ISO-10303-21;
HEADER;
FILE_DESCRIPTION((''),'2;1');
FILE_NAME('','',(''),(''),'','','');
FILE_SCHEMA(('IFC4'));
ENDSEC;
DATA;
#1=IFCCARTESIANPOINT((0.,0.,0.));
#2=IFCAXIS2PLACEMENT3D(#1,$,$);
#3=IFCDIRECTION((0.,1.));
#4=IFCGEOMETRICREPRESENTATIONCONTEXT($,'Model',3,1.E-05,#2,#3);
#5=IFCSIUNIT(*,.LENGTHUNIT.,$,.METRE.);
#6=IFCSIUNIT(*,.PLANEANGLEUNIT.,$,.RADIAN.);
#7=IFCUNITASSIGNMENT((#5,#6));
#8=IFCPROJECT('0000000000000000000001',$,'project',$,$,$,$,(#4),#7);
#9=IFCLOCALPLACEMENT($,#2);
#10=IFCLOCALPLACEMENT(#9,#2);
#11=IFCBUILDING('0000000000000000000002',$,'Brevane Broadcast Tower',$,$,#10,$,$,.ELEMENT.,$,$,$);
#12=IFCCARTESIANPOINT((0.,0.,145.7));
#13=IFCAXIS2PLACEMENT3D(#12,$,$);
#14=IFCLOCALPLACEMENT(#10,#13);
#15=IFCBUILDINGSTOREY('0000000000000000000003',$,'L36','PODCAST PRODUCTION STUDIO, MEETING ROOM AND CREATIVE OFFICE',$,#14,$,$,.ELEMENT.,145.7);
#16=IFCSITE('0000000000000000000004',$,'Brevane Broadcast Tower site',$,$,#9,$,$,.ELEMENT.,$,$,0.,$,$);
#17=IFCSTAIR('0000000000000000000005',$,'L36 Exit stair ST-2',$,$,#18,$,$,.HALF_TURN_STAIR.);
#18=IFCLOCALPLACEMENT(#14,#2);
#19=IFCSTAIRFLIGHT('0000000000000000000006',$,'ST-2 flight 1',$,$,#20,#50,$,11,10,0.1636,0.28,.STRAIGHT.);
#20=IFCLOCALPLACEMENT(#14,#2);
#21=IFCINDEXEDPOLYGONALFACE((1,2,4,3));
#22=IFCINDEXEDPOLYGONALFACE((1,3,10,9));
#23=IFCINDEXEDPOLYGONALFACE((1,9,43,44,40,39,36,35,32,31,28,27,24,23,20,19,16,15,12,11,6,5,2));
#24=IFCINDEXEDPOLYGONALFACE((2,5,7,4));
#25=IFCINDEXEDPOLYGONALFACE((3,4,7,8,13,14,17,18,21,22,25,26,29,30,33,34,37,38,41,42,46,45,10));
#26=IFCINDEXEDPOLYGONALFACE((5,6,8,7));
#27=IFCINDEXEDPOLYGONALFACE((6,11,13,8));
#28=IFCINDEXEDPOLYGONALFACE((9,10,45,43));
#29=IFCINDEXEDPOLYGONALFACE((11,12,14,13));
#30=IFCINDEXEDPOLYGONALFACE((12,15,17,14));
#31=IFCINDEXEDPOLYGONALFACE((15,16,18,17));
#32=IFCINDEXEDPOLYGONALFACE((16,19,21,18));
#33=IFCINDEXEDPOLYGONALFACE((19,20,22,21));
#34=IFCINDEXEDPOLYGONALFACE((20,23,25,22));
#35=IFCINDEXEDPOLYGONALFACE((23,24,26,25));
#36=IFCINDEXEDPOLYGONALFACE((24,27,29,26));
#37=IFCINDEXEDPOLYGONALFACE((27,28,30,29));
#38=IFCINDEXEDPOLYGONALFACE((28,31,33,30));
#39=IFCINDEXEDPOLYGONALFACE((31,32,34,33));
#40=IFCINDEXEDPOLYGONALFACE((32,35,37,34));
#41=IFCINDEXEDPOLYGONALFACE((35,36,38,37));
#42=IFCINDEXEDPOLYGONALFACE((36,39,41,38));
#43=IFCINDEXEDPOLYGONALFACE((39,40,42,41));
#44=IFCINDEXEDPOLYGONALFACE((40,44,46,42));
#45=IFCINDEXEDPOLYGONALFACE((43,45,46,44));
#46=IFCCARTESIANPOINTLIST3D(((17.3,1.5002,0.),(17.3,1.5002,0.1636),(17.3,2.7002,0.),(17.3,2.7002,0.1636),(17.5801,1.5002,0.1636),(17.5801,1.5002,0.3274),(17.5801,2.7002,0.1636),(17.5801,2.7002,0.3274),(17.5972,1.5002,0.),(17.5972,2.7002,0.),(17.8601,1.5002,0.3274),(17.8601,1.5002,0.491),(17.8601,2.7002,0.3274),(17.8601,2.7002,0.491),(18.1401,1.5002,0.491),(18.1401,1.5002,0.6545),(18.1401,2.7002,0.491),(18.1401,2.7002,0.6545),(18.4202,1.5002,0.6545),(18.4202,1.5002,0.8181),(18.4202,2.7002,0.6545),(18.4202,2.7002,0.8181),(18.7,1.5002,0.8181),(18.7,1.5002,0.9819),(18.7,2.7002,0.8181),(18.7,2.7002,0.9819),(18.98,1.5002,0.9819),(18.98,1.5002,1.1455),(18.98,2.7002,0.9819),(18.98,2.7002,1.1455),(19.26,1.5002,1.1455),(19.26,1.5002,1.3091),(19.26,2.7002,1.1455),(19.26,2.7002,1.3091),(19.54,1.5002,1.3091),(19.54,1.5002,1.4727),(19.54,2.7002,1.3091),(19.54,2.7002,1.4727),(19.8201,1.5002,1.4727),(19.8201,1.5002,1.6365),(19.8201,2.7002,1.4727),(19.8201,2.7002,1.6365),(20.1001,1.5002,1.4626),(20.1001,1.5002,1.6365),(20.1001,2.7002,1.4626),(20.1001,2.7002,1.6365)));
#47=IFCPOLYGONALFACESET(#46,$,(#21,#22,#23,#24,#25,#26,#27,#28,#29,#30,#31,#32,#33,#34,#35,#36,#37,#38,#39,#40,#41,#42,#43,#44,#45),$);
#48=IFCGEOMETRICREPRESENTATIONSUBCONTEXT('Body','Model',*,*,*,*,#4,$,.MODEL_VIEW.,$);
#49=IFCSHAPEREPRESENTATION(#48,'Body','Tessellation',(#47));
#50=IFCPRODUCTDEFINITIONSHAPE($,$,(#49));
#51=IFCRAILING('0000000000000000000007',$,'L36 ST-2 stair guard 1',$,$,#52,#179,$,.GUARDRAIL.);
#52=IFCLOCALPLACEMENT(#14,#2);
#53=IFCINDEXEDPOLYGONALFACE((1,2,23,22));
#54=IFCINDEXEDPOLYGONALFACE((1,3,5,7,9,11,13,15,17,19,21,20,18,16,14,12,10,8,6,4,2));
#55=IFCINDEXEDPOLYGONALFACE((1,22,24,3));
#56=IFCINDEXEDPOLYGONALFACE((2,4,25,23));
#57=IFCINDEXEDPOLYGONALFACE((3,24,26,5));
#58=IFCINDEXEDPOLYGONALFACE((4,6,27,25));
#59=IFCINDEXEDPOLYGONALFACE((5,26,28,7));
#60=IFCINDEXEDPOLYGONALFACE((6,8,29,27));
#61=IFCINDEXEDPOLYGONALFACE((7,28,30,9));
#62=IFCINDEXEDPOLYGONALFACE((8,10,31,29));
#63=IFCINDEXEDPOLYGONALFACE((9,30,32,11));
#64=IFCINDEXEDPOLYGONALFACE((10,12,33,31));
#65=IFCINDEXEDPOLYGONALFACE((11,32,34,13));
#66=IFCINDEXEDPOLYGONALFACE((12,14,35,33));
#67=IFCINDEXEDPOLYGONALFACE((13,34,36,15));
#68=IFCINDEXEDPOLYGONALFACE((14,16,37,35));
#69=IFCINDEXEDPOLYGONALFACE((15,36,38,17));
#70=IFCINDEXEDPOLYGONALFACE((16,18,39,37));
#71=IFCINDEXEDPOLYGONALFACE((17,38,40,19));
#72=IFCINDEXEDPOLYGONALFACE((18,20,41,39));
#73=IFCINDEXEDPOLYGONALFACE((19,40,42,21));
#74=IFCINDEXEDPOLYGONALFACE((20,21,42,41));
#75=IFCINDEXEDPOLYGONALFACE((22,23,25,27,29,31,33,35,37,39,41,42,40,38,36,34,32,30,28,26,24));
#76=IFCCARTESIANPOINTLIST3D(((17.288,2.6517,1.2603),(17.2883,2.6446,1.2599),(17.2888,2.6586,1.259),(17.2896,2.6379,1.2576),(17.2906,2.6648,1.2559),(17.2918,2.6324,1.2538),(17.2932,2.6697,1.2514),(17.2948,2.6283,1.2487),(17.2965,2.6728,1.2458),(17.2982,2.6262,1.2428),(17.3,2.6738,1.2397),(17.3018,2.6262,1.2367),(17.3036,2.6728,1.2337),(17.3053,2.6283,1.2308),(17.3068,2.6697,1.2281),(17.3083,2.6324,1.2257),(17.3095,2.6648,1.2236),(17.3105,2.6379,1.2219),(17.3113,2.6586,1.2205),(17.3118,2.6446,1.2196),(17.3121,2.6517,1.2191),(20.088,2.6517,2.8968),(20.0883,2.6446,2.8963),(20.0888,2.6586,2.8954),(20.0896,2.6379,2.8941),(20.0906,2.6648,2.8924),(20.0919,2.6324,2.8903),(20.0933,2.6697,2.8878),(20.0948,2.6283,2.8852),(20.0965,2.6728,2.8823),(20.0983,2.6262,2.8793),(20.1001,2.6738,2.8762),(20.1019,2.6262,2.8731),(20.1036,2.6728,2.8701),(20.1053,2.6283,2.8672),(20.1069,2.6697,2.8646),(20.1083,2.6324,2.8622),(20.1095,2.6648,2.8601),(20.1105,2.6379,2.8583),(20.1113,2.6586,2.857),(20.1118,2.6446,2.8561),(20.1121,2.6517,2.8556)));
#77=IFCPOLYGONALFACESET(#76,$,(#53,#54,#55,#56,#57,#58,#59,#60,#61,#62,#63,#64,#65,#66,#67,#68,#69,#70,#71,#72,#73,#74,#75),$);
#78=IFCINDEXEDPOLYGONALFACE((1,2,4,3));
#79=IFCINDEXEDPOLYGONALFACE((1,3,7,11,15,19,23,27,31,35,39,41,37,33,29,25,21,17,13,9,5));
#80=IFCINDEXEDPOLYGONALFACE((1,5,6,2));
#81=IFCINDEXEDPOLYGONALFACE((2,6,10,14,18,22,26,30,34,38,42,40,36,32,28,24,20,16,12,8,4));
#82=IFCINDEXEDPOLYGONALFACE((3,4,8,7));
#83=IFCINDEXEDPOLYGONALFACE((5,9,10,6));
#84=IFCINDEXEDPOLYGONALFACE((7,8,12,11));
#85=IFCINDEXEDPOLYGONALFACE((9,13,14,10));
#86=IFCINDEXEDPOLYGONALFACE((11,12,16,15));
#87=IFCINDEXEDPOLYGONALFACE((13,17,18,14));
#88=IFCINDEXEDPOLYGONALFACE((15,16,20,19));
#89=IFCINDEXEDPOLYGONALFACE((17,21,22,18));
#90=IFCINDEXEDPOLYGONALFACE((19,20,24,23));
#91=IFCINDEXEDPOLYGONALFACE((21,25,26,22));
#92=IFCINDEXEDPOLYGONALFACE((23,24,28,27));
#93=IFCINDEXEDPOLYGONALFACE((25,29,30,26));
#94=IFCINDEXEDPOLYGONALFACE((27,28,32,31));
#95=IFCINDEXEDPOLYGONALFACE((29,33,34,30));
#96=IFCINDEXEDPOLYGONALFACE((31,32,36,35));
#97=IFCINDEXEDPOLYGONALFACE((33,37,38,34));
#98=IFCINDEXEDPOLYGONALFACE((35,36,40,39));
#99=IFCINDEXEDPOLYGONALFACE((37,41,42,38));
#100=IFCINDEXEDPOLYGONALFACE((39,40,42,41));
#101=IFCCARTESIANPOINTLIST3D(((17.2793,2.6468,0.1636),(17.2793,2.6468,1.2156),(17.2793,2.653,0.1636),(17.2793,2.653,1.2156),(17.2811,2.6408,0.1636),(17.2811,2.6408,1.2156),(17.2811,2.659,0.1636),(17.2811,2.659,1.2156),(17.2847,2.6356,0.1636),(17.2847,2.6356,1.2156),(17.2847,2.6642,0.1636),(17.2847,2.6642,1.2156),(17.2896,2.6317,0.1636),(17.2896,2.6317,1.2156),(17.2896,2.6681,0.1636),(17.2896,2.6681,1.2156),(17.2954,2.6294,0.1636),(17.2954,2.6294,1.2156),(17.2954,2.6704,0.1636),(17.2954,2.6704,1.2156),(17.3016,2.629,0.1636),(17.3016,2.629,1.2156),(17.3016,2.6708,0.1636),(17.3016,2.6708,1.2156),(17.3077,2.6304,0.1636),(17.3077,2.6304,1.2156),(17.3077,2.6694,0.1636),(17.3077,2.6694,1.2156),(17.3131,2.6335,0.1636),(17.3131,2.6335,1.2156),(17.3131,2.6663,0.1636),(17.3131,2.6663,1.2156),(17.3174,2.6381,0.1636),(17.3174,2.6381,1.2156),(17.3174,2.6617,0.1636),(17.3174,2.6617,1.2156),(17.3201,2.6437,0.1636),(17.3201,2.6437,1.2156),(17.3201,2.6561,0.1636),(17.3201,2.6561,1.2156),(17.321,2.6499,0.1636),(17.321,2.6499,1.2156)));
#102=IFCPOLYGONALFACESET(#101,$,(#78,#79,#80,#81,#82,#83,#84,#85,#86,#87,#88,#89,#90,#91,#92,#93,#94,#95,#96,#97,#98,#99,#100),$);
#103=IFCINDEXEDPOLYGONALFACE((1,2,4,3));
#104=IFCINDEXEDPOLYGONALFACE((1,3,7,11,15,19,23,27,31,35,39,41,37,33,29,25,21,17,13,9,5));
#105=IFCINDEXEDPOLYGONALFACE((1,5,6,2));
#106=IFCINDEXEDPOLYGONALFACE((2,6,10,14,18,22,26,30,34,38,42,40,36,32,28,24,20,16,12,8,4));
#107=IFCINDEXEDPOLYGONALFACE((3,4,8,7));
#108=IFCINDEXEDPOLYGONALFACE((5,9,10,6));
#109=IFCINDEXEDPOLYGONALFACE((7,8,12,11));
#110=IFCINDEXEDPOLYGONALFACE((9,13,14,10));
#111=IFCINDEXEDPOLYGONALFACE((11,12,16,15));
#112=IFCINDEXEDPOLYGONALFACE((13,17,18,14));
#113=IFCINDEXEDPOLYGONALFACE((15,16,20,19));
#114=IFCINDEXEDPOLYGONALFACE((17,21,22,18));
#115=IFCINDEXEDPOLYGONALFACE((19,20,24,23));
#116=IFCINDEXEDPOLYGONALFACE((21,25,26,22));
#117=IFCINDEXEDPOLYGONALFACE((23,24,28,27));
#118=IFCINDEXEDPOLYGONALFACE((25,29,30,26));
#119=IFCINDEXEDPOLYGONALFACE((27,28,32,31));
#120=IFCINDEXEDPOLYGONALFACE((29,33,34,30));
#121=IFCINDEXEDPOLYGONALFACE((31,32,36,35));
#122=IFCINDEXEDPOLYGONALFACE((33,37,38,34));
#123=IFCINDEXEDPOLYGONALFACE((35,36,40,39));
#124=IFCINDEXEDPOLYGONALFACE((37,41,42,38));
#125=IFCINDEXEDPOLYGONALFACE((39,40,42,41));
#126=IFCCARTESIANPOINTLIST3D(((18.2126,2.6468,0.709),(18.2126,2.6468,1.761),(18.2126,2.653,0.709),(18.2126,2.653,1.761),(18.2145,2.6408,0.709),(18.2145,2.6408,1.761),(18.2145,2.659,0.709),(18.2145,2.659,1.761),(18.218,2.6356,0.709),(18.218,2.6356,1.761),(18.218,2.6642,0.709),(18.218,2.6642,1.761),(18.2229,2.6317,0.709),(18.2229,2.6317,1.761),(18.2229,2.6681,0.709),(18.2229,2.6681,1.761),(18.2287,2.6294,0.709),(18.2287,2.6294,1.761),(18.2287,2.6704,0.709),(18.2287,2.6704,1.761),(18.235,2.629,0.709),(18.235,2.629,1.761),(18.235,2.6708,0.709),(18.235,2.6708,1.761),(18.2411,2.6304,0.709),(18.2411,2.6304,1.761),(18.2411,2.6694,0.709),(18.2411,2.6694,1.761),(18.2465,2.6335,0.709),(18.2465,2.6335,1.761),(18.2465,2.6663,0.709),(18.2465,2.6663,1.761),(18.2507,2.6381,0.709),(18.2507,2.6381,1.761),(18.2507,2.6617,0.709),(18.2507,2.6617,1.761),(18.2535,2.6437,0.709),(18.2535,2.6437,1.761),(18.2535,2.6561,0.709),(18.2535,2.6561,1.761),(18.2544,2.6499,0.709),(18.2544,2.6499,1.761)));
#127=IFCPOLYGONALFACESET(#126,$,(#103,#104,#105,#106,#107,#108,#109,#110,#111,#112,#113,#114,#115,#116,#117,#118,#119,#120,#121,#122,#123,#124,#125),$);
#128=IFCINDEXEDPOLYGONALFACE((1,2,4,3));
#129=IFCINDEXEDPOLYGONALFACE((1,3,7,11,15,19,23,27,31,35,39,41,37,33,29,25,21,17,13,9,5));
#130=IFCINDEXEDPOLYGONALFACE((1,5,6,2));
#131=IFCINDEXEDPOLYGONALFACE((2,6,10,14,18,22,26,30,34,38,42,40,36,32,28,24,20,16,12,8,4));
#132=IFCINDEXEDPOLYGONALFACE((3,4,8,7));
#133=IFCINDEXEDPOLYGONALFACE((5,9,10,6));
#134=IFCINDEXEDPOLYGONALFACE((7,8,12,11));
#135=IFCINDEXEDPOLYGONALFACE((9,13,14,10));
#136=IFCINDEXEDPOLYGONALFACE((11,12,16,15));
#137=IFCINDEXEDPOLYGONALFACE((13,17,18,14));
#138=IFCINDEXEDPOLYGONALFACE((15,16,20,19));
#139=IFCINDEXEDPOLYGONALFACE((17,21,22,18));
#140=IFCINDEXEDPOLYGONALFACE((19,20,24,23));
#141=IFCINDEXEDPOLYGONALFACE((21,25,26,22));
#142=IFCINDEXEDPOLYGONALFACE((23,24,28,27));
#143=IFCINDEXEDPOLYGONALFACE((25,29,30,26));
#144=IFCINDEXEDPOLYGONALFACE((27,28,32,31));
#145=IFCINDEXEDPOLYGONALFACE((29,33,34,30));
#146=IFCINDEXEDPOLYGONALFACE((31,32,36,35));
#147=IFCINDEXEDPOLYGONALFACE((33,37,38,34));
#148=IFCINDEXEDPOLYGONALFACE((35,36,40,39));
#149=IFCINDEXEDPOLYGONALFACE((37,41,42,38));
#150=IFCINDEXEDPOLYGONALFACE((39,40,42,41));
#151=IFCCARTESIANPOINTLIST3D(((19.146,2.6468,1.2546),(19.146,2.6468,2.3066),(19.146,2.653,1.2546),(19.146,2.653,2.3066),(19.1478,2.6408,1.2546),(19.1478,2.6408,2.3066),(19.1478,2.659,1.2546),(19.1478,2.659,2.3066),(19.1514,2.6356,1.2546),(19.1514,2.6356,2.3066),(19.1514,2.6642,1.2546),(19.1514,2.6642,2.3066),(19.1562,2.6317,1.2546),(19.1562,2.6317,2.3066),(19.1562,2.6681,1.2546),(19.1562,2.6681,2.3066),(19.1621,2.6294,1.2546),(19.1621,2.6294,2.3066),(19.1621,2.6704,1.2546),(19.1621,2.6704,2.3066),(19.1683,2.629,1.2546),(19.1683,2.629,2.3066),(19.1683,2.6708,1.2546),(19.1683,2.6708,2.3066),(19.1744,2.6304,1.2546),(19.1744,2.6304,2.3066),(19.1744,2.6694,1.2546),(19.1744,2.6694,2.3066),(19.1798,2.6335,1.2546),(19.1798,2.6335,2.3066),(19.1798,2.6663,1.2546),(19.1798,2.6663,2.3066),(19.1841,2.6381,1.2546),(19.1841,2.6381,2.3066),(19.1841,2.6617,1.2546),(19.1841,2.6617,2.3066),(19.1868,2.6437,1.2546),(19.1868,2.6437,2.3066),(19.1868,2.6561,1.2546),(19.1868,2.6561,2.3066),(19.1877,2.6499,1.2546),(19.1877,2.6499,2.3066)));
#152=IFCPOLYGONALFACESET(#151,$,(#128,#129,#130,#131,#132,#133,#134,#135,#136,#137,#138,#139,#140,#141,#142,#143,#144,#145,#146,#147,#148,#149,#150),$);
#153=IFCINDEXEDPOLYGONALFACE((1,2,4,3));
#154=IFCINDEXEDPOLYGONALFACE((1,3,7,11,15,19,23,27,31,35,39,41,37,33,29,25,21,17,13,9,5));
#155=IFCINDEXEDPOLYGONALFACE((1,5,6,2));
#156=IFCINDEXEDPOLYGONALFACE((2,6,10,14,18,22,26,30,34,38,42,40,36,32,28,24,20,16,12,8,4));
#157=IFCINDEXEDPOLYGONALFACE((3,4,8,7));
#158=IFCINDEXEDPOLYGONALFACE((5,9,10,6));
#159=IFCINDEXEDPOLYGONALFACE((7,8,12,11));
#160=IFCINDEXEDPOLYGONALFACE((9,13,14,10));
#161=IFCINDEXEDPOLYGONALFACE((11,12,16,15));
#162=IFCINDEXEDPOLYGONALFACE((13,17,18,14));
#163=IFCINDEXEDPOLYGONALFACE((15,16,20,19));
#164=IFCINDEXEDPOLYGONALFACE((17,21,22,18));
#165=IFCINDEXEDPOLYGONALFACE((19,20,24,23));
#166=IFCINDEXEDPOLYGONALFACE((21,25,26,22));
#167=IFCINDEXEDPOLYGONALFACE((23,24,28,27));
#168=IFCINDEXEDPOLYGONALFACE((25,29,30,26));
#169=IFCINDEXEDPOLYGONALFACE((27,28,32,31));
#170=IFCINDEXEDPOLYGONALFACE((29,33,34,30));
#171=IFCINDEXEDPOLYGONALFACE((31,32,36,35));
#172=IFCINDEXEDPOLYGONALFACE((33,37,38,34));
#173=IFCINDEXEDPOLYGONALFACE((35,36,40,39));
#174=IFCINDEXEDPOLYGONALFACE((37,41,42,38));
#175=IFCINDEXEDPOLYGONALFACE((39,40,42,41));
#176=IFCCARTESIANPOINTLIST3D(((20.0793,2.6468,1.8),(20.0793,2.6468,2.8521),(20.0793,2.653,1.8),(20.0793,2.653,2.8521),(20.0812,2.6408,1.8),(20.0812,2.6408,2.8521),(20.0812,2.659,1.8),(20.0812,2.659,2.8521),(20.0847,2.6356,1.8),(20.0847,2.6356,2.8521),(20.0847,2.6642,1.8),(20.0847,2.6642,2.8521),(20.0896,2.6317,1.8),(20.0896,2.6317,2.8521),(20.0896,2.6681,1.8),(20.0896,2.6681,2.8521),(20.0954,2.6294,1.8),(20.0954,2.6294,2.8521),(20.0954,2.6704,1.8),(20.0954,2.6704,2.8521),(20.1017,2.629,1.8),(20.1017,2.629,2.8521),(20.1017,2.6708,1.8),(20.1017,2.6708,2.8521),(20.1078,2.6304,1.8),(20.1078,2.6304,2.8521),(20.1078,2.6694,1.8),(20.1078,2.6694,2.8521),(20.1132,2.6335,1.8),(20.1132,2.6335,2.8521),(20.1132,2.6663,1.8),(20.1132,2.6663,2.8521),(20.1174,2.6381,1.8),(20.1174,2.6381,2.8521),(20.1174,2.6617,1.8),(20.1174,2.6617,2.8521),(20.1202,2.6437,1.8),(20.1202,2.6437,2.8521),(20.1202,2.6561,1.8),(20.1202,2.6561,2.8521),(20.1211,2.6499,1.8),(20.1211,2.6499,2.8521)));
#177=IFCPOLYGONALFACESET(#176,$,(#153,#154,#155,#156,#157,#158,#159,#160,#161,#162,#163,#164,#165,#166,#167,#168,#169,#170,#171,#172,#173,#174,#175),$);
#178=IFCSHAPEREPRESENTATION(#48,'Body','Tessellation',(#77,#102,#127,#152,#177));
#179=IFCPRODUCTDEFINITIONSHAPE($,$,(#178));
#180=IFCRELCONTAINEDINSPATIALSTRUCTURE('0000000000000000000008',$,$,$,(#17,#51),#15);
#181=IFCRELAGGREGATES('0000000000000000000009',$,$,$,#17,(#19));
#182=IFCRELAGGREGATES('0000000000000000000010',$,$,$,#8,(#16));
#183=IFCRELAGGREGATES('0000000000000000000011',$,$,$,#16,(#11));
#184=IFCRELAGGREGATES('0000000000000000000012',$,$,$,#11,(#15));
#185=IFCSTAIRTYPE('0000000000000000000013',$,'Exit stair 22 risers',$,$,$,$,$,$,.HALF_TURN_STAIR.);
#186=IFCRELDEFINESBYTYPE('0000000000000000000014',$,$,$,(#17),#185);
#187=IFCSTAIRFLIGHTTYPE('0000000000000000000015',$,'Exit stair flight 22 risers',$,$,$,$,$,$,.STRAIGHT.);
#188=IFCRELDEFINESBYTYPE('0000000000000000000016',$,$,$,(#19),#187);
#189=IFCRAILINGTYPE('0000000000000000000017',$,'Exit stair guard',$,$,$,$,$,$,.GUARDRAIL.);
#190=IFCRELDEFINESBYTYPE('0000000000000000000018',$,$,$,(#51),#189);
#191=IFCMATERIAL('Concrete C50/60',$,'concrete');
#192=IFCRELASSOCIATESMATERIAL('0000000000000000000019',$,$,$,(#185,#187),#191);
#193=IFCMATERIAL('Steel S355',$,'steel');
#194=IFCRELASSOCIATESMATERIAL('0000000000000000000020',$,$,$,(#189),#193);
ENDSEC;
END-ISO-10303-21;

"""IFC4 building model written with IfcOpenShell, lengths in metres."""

from ifc_helpers import new_model, si_unit, direction, frame, origin, origin_2d, place, context, subcontext, project, spatial, polyline, circle, outline, extrude, material, type_object, element, aggregate, save


model = new_model("IFC4")

# Units and contexts
model_context = context("Model", 3, precision=1e-05, world=origin(), true_north=direction((0.0, 1.0)))
body_context = subcontext(model_context, "Body", "Model", "MODEL_VIEW")
ifc_project = project(units=[si_unit("LENGTHUNIT", "METRE"), si_unit("PLANEANGLEUNIT", "RADIAN")], contexts=[model_context])

# Site, building, storey
site_placement = place(None, origin())
site = spatial("IfcSite", under=ifc_project, at=site_placement, Name="Brevane Broadcast Tower site", CompositionType="ELEMENT", RefElevation=0.0)
building_placement = place(site_placement, origin())
building = spatial("IfcBuilding", under=site, at=building_placement, Name="Brevane Broadcast Tower", CompositionType="ELEMENT")
storey_placement = place(building_placement, frame((0.0, 0.0, 145.7)))
storey = spatial("IfcBuildingStorey", under=building, at=storey_placement, Name="L36", Description="PODCAST PRODUCTION STUDIO, MEETING ROOM AND CREATIVE OFFICE", CompositionType="ELEMENT", Elevation=145.7)

# Stair, stair flight
ifc_material_1 = material(Name="Concrete C50/60", Category="concrete")
stair_type = type_object("IfcStairType", Name="Exit stair 22 risers", PredefinedType="HALF_TURN_STAIR", material=ifc_material_1)
stair_placement = place(storey_placement, origin())
stair = element("IfcStair", 1, at=stair_placement, inside=storey, type_object=stair_type, Name="L36 Exit stair ST-2", PredefinedType="HALF_TURN_STAIR")
stair_flight_type = type_object("IfcStairFlightType", Name="Exit stair flight 22 risers", PredefinedType="STRAIGHT", material=ifc_material_1)
stair_flight_placement = place(storey_placement, frame((17.3, 2.1001, 0.0), z_axis=(0.0, 0.0, 1.0), x_axis=(1.0, 0.0, 0.0)))
stair_flight = element("IfcStairFlight", 2, at=stair_flight_placement, type_object=stair_flight_type, Name="ST-2 flight 1", NumberOfRisers=11, NumberOfTreads=10, PredefinedType="STRAIGHT", RiserHeight=0.1636, TreadLength=0.28, context=body_context, shape_type="SweptSolid", body=[
    extrude(outline(polyline([(0.0, 0.0), (0.0, 0.1636), (0.28, 0.1636), (0.28, 0.3274), (0.5601, 0.3274), (0.5601, 0.491), (0.8401, 0.491), (0.8401, 0.6545), (1.1201, 0.6545), (1.1201, 0.8181), (1.3999, 0.8181), (1.3999, 0.9819), (1.6799, 0.9819), (1.6799, 1.1455), (1.96, 1.1455), (1.96, 1.3091), (2.24, 1.3091), (2.24, 1.4727), (2.52, 1.4727), (2.52, 1.6365), (2.8, 1.6365), (2.8, 1.8), (2.8, 1.4626), (0.2971, 0.0), (0.0, 0.0)])), frame((0.0, 0.6001, 0.0), z_axis=(0.0, -1.0, 0.0), x_axis=(1.0, 0.0, 0.0)), (0.0, 0.0, 1.0), 1.2),
])
aggregate(stair, [stair_flight])

# Railing
ifc_material_2 = material(Name="Steel S355", Category="steel")
railing_type_1 = type_object("IfcRailingType", Name="Exit stair guard", PredefinedType="GUARDRAIL", material=ifc_material_2)
railing_1_placement = place(storey_placement, frame((17.3, 2.6499, 0.1636)))
element("IfcRailing", 3, at=railing_1_placement, inside=storey, type_object=railing_type_1, Name="L36 ST-2 stair guard 1", PredefinedType="GUARDRAIL", context=body_context, shape_type="SweptSolid", body=[
    extrude(circle(Radius=0.0239, at=origin_2d()), frame((0.0, 0.0, 1.0762), z_axis=(0.863361, 0.0, 0.504587), x_axis=(0.0, 1.0, 0.0)), (0.0, 0.0, 1.0), 3.2432),
    extrude(circle(Radius=0.021, at=origin_2d()), origin(), (0.0, 0.0, 1.0), 1.052),
    extrude(circle(Radius=0.021, at=origin_2d()), frame((0.9333, 0.0, 0.5454)), (0.0, 0.0, 1.0), 1.052),
    extrude(circle(Radius=0.021, at=origin_2d()), frame((1.8667, 0.0, 1.0911)), (0.0, 0.0, 1.0), 1.052),
    extrude(circle(Radius=0.021, at=origin_2d()), frame((2.8, 0.0, 1.6365)), (0.0, 0.0, 1.0), 1.052),
])

save(model, "model.ifc")
